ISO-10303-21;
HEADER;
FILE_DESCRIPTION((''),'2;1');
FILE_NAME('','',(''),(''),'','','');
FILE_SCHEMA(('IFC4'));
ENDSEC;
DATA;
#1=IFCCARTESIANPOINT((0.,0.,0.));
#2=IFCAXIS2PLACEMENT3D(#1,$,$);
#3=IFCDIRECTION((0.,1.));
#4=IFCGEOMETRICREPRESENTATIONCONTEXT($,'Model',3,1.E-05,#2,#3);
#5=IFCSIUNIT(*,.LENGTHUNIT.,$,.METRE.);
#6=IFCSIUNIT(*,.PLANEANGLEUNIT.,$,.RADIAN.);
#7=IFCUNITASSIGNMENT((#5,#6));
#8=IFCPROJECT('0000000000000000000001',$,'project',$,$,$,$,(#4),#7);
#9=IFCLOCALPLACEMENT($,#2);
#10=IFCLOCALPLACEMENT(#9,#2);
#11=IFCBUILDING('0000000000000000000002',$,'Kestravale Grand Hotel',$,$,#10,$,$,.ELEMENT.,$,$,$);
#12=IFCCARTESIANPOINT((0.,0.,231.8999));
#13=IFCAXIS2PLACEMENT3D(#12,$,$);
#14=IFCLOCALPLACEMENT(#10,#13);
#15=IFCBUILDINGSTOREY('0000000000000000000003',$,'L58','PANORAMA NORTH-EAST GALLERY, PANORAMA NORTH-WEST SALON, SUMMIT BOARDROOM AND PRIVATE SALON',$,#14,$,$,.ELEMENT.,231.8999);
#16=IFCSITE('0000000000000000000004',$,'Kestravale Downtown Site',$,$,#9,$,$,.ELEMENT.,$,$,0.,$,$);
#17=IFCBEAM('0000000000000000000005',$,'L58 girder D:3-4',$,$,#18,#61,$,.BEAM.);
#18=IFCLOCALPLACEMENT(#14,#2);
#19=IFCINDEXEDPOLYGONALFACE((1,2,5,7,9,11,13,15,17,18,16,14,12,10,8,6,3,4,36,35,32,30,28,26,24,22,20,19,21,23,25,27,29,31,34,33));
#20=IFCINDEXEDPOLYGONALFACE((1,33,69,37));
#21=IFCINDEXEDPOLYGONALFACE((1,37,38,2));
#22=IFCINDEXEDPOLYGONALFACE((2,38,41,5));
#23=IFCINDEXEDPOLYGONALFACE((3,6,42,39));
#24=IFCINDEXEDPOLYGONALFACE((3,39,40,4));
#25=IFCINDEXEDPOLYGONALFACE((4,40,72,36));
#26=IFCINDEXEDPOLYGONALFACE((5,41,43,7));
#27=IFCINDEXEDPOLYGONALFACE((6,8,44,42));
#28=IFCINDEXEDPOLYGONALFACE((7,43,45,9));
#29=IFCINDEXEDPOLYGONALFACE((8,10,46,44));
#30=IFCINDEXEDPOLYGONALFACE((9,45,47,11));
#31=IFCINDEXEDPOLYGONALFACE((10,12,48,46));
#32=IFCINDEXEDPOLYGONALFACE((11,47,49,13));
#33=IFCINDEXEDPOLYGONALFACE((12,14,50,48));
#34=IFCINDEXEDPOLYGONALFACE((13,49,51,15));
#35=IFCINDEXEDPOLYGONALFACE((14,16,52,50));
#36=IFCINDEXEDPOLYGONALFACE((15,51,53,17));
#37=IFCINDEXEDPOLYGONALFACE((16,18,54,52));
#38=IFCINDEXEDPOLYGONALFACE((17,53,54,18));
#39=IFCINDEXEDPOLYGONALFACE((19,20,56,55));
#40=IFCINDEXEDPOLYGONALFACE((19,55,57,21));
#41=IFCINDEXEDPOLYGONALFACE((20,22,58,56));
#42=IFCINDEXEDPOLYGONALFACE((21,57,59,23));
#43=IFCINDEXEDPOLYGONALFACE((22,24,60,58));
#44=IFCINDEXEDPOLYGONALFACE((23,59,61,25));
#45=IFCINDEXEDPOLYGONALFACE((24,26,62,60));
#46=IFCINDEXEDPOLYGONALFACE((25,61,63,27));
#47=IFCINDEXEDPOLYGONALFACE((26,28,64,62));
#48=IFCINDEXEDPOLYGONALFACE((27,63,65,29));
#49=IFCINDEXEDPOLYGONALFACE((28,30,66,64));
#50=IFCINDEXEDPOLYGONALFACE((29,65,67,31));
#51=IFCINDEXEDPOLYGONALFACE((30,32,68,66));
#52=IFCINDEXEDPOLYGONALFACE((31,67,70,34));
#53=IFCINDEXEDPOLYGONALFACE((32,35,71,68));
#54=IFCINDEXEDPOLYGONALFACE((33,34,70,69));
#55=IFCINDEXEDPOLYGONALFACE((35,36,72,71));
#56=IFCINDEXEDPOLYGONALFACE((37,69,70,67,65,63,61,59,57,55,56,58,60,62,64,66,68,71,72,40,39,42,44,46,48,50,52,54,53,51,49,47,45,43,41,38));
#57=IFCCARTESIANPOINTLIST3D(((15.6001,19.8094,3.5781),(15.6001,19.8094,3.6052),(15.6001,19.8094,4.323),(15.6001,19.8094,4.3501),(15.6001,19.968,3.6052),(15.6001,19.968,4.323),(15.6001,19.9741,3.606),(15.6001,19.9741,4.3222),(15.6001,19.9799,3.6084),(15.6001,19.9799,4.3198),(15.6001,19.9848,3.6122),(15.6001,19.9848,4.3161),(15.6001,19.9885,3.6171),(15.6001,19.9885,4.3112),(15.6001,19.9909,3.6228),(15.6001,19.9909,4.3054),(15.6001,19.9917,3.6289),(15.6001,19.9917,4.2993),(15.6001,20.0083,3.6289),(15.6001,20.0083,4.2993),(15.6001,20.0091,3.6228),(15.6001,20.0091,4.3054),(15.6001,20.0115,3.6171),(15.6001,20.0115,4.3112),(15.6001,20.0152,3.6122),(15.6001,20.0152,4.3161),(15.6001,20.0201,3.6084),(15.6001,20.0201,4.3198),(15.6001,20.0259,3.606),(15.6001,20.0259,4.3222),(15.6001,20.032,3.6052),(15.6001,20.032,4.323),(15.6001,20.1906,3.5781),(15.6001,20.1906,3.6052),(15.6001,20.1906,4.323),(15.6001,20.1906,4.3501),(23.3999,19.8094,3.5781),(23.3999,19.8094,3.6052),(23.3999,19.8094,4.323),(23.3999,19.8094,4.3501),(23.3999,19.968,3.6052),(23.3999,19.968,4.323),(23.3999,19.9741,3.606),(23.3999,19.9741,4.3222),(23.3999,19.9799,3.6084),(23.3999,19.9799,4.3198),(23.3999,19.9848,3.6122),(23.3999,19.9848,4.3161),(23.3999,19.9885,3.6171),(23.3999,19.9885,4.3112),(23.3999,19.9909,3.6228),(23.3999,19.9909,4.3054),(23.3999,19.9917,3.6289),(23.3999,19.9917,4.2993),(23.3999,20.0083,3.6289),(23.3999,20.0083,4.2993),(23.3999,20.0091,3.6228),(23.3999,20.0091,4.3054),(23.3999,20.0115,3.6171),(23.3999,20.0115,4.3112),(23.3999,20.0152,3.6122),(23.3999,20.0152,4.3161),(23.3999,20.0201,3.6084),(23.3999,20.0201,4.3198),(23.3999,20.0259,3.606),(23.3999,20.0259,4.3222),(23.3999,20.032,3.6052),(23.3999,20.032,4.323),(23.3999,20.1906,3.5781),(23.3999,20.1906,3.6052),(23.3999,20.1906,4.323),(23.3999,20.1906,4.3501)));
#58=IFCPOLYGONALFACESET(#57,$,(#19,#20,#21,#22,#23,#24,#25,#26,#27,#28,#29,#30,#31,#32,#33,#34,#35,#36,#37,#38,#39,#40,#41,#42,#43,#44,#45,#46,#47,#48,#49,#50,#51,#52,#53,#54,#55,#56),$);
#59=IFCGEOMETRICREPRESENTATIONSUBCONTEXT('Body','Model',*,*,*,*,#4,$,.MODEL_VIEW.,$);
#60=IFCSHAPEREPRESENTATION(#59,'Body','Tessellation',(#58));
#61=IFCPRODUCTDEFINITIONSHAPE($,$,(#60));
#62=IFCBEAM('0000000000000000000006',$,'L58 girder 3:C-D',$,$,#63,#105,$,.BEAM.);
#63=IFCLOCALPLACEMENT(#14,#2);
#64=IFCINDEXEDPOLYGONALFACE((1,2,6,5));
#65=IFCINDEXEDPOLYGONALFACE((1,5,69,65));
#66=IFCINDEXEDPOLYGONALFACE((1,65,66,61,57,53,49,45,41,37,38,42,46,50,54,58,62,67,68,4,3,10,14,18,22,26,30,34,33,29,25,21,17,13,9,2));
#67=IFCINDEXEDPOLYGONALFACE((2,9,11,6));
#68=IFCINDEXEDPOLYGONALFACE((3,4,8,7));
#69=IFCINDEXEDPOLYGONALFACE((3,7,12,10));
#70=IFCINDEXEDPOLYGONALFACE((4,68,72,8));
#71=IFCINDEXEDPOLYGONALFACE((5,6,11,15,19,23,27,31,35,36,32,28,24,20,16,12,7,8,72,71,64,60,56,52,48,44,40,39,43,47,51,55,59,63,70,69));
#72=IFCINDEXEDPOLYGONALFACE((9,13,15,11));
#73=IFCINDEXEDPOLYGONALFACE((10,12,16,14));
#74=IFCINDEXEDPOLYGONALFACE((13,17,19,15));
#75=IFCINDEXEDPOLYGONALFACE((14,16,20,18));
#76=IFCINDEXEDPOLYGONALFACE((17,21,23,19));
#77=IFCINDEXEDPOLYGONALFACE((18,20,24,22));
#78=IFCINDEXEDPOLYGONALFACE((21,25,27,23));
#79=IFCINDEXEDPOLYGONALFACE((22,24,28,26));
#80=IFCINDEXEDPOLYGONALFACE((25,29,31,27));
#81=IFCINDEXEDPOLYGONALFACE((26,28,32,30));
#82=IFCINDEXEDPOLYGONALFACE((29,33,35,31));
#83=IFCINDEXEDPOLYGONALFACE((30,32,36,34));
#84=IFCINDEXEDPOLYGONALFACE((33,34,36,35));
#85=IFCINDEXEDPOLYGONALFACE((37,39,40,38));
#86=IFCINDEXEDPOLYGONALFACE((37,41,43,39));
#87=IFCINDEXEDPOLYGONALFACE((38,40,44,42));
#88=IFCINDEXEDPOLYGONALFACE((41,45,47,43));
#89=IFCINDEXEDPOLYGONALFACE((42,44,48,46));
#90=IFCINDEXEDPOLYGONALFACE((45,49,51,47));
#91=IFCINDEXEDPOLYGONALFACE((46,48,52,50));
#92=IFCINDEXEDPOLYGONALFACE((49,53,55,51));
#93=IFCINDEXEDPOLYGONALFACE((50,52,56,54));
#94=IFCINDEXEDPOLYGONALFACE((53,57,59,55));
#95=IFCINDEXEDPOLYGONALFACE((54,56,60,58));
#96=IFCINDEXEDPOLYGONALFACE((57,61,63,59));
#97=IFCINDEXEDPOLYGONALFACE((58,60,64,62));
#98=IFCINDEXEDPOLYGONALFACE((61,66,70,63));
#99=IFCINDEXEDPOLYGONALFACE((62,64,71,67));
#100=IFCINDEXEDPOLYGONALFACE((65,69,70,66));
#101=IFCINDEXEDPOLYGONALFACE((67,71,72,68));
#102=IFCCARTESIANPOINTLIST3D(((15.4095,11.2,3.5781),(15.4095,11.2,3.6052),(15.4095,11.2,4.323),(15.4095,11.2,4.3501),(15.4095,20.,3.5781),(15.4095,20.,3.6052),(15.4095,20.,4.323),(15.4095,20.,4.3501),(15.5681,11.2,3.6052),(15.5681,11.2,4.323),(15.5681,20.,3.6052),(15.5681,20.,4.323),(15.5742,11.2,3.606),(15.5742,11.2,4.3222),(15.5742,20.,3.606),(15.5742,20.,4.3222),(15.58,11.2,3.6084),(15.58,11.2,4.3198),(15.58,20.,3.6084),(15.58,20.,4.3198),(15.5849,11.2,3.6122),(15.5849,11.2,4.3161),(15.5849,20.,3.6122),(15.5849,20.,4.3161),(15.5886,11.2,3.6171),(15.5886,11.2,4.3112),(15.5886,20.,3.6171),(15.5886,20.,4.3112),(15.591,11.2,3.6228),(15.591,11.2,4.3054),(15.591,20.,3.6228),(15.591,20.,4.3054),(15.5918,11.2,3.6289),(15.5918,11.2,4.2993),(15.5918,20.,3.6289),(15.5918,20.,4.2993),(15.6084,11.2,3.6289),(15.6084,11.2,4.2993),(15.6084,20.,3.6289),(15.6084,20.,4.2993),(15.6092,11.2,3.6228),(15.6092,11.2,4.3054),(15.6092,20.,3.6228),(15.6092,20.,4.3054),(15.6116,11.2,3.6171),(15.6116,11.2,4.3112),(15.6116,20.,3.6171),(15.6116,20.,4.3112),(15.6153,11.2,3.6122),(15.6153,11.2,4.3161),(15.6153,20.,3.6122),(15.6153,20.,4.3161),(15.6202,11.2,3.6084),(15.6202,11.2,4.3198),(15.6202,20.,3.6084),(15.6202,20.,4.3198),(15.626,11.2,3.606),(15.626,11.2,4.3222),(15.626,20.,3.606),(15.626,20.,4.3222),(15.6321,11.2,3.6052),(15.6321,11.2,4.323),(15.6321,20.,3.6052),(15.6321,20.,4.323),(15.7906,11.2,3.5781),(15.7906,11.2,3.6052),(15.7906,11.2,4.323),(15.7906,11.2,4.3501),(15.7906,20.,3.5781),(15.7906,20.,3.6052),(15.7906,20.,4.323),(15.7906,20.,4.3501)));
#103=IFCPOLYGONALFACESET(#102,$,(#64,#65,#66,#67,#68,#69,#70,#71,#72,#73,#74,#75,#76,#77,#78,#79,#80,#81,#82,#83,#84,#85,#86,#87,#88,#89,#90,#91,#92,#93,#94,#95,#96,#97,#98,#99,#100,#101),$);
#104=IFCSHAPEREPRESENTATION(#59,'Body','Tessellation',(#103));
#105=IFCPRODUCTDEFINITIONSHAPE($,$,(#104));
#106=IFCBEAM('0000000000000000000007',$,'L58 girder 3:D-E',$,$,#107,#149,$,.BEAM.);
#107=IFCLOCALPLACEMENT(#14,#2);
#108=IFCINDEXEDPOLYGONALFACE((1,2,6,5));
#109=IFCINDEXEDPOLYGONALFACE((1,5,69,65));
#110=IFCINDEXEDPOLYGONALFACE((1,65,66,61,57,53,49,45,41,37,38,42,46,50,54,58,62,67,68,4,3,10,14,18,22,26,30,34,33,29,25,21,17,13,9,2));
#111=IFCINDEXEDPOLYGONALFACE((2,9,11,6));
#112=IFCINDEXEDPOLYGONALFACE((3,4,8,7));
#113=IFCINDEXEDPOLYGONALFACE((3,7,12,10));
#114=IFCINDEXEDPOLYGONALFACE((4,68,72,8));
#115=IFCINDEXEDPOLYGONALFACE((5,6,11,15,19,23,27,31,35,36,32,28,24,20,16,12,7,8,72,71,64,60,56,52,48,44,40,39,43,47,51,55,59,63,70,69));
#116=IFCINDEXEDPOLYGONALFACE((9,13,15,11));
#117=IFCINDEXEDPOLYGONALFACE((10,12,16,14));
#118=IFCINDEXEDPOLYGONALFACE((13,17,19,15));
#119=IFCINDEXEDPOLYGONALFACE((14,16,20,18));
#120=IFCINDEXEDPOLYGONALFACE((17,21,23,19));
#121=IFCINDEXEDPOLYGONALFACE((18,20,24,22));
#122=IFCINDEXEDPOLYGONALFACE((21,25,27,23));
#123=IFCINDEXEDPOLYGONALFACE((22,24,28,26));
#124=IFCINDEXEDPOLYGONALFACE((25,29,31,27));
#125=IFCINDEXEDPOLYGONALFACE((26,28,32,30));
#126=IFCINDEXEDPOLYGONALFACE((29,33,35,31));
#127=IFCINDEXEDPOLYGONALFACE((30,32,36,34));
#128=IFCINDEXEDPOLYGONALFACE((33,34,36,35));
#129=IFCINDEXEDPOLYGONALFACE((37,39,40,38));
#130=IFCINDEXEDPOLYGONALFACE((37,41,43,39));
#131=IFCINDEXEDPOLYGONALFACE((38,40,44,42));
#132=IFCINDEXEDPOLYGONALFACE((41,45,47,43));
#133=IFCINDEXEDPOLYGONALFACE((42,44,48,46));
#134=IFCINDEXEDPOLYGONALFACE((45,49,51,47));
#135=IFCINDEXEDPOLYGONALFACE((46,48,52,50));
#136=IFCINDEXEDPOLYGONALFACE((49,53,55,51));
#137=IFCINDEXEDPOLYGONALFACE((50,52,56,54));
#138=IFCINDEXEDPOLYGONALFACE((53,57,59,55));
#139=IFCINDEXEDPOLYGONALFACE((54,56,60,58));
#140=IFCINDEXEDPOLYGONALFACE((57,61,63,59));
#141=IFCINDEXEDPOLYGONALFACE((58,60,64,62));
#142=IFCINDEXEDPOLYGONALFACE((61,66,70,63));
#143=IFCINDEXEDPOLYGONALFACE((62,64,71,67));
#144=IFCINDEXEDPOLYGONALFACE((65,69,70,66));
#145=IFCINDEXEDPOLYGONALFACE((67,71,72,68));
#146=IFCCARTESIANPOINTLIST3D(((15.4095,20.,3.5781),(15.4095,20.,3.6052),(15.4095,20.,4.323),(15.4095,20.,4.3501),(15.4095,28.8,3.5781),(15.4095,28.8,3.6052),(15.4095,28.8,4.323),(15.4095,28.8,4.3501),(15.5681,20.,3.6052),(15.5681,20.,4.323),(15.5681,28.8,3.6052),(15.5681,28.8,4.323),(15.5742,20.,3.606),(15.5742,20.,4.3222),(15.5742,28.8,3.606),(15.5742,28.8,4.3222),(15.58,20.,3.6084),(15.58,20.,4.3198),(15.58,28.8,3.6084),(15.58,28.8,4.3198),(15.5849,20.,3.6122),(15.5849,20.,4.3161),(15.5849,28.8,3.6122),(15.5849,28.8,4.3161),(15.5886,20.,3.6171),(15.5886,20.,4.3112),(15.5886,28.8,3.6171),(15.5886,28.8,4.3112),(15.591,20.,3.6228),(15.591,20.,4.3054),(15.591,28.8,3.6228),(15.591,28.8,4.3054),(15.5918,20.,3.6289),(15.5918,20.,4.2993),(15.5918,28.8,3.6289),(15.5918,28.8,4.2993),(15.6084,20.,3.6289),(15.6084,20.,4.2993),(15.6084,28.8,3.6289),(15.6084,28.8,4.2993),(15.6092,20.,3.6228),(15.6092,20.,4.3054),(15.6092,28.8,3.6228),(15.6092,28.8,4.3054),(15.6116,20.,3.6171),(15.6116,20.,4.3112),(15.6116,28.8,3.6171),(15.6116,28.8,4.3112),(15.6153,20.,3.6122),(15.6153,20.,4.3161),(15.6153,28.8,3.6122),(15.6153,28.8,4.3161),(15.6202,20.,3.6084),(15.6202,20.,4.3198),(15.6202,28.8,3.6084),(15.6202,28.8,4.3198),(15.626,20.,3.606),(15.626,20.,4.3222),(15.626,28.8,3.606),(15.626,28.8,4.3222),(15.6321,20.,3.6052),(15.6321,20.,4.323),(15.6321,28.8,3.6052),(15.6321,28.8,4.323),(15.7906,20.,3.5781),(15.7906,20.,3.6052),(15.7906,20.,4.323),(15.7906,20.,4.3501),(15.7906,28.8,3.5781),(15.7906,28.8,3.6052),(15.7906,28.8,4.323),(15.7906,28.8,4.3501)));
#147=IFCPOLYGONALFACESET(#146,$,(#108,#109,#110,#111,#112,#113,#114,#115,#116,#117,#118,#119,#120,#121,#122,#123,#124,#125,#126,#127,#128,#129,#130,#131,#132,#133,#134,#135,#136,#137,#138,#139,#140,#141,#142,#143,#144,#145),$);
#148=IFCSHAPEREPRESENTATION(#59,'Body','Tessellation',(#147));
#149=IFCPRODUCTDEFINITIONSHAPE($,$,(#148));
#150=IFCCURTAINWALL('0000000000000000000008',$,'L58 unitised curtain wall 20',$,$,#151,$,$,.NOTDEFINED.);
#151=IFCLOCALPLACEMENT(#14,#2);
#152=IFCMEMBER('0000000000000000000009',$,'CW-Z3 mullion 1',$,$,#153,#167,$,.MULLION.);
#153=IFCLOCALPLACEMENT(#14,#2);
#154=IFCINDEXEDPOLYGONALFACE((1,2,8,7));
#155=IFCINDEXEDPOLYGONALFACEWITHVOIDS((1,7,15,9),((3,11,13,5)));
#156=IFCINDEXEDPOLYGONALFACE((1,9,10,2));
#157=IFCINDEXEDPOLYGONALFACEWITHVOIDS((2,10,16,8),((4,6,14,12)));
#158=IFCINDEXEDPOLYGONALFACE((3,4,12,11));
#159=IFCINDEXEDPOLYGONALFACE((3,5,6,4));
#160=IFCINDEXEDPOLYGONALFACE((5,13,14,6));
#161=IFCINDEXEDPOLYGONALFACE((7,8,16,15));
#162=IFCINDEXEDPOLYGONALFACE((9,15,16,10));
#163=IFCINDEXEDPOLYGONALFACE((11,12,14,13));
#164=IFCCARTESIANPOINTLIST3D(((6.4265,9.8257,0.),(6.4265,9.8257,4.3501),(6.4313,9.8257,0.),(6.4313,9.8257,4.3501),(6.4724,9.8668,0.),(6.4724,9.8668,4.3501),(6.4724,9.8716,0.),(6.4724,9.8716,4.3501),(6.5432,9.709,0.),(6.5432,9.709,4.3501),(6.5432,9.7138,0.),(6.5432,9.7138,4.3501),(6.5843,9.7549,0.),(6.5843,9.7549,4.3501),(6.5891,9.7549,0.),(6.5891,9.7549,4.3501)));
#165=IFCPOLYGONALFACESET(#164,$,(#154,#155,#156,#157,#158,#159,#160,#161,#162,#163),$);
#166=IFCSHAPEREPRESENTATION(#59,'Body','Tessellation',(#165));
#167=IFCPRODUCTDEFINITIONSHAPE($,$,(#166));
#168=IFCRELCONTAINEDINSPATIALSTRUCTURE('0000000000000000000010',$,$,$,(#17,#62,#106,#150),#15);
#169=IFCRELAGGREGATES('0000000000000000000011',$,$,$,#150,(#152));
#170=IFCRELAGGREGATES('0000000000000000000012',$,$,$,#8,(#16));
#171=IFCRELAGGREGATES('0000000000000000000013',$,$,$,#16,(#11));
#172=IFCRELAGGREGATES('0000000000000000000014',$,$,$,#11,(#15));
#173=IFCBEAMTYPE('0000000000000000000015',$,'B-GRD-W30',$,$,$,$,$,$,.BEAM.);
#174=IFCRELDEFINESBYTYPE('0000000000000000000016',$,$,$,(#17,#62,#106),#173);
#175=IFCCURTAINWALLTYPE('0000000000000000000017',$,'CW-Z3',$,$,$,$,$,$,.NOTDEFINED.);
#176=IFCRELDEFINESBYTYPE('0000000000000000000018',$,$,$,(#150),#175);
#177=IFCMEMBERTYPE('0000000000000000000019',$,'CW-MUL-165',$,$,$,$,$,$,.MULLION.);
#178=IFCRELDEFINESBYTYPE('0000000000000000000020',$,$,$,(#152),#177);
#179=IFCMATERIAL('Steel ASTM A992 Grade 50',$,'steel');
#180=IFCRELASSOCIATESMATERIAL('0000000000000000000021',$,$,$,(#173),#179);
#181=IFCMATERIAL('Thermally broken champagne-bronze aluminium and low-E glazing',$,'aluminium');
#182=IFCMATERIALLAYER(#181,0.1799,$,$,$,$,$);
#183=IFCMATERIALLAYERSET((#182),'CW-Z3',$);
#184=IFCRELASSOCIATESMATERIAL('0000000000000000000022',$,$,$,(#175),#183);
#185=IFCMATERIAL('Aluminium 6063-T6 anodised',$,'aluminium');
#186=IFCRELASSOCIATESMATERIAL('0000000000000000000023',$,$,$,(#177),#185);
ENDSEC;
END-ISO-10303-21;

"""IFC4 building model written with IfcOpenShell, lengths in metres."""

from ifc_helpers import new_model, si_unit, direction, frame, origin, origin_2d, place, context, subcontext, project, spatial, hollow_rectangle, i_section, extrude, material, layer, layer_set, material_profile, profile_set, type_object, element, aggregate, save


model = new_model("IFC4")

# Units and contexts
model_context = context("Model", 3, precision=1e-05, world=origin(), true_north=direction((0.0, 1.0)))
body_context = subcontext(model_context, "Body", "Model", "MODEL_VIEW")
ifc_project = project(units=[si_unit("LENGTHUNIT", "METRE"), si_unit("PLANEANGLEUNIT", "RADIAN")], contexts=[model_context])

# Site, building, storey
site_placement = place(None, origin())
site = spatial("IfcSite", under=ifc_project, at=site_placement, Name="Kestravale Downtown Site", CompositionType="ELEMENT", RefElevation=0.0)
building_placement = place(site_placement, origin())
building = spatial("IfcBuilding", under=site, at=building_placement, Name="Kestravale Grand Hotel", CompositionType="ELEMENT")
storey_placement = place(building_placement, frame((0.0, 0.0, 231.8999)))
storey = spatial("IfcBuildingStorey", under=building, at=storey_placement, Name="L58", Description="PANORAMA NORTH-EAST GALLERY, PANORAMA NORTH-WEST SALON, SUMMIT BOARDROOM AND PRIVATE SALON", CompositionType="ELEMENT", Elevation=231.8999)

# Beams
ifc_material_1 = material(Name="Steel ASTM A992 Grade 50", Category="steel")
ifc_material_profile_1 = material_profile(ifc_material_1, i_section(OverallWidth=0.3811, OverallDepth=0.772, WebThickness=0.0166, FlangeThickness=0.0271, FilletRadius=0.0237, at=origin_2d()))
ifc_profile_set_1 = profile_set([ifc_material_profile_1], Name="Steel ASTM A992 Grade 50")
beam_type_1 = type_object("IfcBeamType", Name="B-GRD-W30", PredefinedType="BEAM", material=ifc_profile_set_1)
for number, where, z_axis, x_axis, name in (
    (1, (15.6001, 20.0, 3.9641), (1.0, 0.0, 0.0), (0.0, 1.0, 0.0), "L58 girder D:3-4"),
):
    element("IfcBeam", number, at=place(storey_placement, frame(where, z_axis=z_axis, x_axis=x_axis)), inside=storey, type_object=beam_type_1, Name=name, PredefinedType="BEAM", context=body_context, shape_type="SweptSolid", body=[
        extrude(i_section(OverallWidth=0.3811, OverallDepth=0.772, WebThickness=0.0166, FlangeThickness=0.0271, FilletRadius=0.0237, at=origin_2d()), origin(), (0.0, 0.0, 1.0), 7.7998),
    ])
for number, where, z_axis, x_axis, name in (
    (2, (15.6001, 11.2, 3.9641), (0.0, 1.0, 0.0), (-1.0, 0.0, 0.0), "L58 girder 3:C-D"),
    (3, (15.6001, 20.0, 3.9641), (0.0, 1.0, 0.0), (-1.0, 0.0, 0.0), "L58 girder 3:D-E"),
):
    element("IfcBeam", number, at=place(storey_placement, frame(where, z_axis=z_axis, x_axis=x_axis)), inside=storey, type_object=beam_type_1, Name=name, PredefinedType="BEAM", context=body_context, shape_type="SweptSolid", body=[
        extrude(i_section(OverallWidth=0.3811, OverallDepth=0.772, WebThickness=0.0166, FlangeThickness=0.0271, FilletRadius=0.0237, at=origin_2d()), origin(), (0.0, 0.0, 1.0), 8.8),
    ])

# Curtain wall, member
ifc_material_2 = material(Name="Thermally broken champagne-bronze aluminium and low-E glazing", Category="aluminium")
ifc_layer = layer(ifc_material_2, 0.1799)
ifc_layer_set = layer_set([ifc_layer], Name="CW-Z3")
curtain_wall_type = type_object("IfcCurtainWallType", Name="CW-Z3", PredefinedType="NOTDEFINED", material=ifc_layer_set)
curtain_wall_placement = place(storey_placement, origin())
curtain_wall = element("IfcCurtainWall", 4, at=curtain_wall_placement, inside=storey, type_object=curtain_wall_type, Name="L58 unitised curtain wall 20", PredefinedType="NOTDEFINED")
ifc_material_3 = material(Name="Aluminium 6063-T6 anodised", Category="aluminium")
ifc_material_profile_2 = material_profile(ifc_material_3, hollow_rectangle(XDim=0.0649, YDim=0.165, WallThickness=0.0034, at=origin_2d()))
ifc_profile_set_2 = profile_set([ifc_material_profile_2], Name="Aluminium 6063-T6 anodised")
member_type = type_object("IfcMemberType", Name="CW-MUL-165", PredefinedType="MULLION", material=ifc_profile_set_2)
member_placement = place(storey_placement, frame((6.5078, 9.7903, 0.0), z_axis=(0.0, 0.0, 1.0), x_axis=(0.707107, 0.707107, 0.0)))
member = element("IfcMember", 5, at=member_placement, type_object=member_type, Name="CW-Z3 mullion 1", PredefinedType="MULLION", context=body_context, shape_type="SweptSolid", body=[
    extrude(hollow_rectangle(XDim=0.0649, YDim=0.165, WallThickness=0.0034, at=origin_2d()), origin(), (0.0, 0.0, 1.0), 4.3501),
])
aggregate(curtain_wall, [member])

save(model, "model.ifc")
